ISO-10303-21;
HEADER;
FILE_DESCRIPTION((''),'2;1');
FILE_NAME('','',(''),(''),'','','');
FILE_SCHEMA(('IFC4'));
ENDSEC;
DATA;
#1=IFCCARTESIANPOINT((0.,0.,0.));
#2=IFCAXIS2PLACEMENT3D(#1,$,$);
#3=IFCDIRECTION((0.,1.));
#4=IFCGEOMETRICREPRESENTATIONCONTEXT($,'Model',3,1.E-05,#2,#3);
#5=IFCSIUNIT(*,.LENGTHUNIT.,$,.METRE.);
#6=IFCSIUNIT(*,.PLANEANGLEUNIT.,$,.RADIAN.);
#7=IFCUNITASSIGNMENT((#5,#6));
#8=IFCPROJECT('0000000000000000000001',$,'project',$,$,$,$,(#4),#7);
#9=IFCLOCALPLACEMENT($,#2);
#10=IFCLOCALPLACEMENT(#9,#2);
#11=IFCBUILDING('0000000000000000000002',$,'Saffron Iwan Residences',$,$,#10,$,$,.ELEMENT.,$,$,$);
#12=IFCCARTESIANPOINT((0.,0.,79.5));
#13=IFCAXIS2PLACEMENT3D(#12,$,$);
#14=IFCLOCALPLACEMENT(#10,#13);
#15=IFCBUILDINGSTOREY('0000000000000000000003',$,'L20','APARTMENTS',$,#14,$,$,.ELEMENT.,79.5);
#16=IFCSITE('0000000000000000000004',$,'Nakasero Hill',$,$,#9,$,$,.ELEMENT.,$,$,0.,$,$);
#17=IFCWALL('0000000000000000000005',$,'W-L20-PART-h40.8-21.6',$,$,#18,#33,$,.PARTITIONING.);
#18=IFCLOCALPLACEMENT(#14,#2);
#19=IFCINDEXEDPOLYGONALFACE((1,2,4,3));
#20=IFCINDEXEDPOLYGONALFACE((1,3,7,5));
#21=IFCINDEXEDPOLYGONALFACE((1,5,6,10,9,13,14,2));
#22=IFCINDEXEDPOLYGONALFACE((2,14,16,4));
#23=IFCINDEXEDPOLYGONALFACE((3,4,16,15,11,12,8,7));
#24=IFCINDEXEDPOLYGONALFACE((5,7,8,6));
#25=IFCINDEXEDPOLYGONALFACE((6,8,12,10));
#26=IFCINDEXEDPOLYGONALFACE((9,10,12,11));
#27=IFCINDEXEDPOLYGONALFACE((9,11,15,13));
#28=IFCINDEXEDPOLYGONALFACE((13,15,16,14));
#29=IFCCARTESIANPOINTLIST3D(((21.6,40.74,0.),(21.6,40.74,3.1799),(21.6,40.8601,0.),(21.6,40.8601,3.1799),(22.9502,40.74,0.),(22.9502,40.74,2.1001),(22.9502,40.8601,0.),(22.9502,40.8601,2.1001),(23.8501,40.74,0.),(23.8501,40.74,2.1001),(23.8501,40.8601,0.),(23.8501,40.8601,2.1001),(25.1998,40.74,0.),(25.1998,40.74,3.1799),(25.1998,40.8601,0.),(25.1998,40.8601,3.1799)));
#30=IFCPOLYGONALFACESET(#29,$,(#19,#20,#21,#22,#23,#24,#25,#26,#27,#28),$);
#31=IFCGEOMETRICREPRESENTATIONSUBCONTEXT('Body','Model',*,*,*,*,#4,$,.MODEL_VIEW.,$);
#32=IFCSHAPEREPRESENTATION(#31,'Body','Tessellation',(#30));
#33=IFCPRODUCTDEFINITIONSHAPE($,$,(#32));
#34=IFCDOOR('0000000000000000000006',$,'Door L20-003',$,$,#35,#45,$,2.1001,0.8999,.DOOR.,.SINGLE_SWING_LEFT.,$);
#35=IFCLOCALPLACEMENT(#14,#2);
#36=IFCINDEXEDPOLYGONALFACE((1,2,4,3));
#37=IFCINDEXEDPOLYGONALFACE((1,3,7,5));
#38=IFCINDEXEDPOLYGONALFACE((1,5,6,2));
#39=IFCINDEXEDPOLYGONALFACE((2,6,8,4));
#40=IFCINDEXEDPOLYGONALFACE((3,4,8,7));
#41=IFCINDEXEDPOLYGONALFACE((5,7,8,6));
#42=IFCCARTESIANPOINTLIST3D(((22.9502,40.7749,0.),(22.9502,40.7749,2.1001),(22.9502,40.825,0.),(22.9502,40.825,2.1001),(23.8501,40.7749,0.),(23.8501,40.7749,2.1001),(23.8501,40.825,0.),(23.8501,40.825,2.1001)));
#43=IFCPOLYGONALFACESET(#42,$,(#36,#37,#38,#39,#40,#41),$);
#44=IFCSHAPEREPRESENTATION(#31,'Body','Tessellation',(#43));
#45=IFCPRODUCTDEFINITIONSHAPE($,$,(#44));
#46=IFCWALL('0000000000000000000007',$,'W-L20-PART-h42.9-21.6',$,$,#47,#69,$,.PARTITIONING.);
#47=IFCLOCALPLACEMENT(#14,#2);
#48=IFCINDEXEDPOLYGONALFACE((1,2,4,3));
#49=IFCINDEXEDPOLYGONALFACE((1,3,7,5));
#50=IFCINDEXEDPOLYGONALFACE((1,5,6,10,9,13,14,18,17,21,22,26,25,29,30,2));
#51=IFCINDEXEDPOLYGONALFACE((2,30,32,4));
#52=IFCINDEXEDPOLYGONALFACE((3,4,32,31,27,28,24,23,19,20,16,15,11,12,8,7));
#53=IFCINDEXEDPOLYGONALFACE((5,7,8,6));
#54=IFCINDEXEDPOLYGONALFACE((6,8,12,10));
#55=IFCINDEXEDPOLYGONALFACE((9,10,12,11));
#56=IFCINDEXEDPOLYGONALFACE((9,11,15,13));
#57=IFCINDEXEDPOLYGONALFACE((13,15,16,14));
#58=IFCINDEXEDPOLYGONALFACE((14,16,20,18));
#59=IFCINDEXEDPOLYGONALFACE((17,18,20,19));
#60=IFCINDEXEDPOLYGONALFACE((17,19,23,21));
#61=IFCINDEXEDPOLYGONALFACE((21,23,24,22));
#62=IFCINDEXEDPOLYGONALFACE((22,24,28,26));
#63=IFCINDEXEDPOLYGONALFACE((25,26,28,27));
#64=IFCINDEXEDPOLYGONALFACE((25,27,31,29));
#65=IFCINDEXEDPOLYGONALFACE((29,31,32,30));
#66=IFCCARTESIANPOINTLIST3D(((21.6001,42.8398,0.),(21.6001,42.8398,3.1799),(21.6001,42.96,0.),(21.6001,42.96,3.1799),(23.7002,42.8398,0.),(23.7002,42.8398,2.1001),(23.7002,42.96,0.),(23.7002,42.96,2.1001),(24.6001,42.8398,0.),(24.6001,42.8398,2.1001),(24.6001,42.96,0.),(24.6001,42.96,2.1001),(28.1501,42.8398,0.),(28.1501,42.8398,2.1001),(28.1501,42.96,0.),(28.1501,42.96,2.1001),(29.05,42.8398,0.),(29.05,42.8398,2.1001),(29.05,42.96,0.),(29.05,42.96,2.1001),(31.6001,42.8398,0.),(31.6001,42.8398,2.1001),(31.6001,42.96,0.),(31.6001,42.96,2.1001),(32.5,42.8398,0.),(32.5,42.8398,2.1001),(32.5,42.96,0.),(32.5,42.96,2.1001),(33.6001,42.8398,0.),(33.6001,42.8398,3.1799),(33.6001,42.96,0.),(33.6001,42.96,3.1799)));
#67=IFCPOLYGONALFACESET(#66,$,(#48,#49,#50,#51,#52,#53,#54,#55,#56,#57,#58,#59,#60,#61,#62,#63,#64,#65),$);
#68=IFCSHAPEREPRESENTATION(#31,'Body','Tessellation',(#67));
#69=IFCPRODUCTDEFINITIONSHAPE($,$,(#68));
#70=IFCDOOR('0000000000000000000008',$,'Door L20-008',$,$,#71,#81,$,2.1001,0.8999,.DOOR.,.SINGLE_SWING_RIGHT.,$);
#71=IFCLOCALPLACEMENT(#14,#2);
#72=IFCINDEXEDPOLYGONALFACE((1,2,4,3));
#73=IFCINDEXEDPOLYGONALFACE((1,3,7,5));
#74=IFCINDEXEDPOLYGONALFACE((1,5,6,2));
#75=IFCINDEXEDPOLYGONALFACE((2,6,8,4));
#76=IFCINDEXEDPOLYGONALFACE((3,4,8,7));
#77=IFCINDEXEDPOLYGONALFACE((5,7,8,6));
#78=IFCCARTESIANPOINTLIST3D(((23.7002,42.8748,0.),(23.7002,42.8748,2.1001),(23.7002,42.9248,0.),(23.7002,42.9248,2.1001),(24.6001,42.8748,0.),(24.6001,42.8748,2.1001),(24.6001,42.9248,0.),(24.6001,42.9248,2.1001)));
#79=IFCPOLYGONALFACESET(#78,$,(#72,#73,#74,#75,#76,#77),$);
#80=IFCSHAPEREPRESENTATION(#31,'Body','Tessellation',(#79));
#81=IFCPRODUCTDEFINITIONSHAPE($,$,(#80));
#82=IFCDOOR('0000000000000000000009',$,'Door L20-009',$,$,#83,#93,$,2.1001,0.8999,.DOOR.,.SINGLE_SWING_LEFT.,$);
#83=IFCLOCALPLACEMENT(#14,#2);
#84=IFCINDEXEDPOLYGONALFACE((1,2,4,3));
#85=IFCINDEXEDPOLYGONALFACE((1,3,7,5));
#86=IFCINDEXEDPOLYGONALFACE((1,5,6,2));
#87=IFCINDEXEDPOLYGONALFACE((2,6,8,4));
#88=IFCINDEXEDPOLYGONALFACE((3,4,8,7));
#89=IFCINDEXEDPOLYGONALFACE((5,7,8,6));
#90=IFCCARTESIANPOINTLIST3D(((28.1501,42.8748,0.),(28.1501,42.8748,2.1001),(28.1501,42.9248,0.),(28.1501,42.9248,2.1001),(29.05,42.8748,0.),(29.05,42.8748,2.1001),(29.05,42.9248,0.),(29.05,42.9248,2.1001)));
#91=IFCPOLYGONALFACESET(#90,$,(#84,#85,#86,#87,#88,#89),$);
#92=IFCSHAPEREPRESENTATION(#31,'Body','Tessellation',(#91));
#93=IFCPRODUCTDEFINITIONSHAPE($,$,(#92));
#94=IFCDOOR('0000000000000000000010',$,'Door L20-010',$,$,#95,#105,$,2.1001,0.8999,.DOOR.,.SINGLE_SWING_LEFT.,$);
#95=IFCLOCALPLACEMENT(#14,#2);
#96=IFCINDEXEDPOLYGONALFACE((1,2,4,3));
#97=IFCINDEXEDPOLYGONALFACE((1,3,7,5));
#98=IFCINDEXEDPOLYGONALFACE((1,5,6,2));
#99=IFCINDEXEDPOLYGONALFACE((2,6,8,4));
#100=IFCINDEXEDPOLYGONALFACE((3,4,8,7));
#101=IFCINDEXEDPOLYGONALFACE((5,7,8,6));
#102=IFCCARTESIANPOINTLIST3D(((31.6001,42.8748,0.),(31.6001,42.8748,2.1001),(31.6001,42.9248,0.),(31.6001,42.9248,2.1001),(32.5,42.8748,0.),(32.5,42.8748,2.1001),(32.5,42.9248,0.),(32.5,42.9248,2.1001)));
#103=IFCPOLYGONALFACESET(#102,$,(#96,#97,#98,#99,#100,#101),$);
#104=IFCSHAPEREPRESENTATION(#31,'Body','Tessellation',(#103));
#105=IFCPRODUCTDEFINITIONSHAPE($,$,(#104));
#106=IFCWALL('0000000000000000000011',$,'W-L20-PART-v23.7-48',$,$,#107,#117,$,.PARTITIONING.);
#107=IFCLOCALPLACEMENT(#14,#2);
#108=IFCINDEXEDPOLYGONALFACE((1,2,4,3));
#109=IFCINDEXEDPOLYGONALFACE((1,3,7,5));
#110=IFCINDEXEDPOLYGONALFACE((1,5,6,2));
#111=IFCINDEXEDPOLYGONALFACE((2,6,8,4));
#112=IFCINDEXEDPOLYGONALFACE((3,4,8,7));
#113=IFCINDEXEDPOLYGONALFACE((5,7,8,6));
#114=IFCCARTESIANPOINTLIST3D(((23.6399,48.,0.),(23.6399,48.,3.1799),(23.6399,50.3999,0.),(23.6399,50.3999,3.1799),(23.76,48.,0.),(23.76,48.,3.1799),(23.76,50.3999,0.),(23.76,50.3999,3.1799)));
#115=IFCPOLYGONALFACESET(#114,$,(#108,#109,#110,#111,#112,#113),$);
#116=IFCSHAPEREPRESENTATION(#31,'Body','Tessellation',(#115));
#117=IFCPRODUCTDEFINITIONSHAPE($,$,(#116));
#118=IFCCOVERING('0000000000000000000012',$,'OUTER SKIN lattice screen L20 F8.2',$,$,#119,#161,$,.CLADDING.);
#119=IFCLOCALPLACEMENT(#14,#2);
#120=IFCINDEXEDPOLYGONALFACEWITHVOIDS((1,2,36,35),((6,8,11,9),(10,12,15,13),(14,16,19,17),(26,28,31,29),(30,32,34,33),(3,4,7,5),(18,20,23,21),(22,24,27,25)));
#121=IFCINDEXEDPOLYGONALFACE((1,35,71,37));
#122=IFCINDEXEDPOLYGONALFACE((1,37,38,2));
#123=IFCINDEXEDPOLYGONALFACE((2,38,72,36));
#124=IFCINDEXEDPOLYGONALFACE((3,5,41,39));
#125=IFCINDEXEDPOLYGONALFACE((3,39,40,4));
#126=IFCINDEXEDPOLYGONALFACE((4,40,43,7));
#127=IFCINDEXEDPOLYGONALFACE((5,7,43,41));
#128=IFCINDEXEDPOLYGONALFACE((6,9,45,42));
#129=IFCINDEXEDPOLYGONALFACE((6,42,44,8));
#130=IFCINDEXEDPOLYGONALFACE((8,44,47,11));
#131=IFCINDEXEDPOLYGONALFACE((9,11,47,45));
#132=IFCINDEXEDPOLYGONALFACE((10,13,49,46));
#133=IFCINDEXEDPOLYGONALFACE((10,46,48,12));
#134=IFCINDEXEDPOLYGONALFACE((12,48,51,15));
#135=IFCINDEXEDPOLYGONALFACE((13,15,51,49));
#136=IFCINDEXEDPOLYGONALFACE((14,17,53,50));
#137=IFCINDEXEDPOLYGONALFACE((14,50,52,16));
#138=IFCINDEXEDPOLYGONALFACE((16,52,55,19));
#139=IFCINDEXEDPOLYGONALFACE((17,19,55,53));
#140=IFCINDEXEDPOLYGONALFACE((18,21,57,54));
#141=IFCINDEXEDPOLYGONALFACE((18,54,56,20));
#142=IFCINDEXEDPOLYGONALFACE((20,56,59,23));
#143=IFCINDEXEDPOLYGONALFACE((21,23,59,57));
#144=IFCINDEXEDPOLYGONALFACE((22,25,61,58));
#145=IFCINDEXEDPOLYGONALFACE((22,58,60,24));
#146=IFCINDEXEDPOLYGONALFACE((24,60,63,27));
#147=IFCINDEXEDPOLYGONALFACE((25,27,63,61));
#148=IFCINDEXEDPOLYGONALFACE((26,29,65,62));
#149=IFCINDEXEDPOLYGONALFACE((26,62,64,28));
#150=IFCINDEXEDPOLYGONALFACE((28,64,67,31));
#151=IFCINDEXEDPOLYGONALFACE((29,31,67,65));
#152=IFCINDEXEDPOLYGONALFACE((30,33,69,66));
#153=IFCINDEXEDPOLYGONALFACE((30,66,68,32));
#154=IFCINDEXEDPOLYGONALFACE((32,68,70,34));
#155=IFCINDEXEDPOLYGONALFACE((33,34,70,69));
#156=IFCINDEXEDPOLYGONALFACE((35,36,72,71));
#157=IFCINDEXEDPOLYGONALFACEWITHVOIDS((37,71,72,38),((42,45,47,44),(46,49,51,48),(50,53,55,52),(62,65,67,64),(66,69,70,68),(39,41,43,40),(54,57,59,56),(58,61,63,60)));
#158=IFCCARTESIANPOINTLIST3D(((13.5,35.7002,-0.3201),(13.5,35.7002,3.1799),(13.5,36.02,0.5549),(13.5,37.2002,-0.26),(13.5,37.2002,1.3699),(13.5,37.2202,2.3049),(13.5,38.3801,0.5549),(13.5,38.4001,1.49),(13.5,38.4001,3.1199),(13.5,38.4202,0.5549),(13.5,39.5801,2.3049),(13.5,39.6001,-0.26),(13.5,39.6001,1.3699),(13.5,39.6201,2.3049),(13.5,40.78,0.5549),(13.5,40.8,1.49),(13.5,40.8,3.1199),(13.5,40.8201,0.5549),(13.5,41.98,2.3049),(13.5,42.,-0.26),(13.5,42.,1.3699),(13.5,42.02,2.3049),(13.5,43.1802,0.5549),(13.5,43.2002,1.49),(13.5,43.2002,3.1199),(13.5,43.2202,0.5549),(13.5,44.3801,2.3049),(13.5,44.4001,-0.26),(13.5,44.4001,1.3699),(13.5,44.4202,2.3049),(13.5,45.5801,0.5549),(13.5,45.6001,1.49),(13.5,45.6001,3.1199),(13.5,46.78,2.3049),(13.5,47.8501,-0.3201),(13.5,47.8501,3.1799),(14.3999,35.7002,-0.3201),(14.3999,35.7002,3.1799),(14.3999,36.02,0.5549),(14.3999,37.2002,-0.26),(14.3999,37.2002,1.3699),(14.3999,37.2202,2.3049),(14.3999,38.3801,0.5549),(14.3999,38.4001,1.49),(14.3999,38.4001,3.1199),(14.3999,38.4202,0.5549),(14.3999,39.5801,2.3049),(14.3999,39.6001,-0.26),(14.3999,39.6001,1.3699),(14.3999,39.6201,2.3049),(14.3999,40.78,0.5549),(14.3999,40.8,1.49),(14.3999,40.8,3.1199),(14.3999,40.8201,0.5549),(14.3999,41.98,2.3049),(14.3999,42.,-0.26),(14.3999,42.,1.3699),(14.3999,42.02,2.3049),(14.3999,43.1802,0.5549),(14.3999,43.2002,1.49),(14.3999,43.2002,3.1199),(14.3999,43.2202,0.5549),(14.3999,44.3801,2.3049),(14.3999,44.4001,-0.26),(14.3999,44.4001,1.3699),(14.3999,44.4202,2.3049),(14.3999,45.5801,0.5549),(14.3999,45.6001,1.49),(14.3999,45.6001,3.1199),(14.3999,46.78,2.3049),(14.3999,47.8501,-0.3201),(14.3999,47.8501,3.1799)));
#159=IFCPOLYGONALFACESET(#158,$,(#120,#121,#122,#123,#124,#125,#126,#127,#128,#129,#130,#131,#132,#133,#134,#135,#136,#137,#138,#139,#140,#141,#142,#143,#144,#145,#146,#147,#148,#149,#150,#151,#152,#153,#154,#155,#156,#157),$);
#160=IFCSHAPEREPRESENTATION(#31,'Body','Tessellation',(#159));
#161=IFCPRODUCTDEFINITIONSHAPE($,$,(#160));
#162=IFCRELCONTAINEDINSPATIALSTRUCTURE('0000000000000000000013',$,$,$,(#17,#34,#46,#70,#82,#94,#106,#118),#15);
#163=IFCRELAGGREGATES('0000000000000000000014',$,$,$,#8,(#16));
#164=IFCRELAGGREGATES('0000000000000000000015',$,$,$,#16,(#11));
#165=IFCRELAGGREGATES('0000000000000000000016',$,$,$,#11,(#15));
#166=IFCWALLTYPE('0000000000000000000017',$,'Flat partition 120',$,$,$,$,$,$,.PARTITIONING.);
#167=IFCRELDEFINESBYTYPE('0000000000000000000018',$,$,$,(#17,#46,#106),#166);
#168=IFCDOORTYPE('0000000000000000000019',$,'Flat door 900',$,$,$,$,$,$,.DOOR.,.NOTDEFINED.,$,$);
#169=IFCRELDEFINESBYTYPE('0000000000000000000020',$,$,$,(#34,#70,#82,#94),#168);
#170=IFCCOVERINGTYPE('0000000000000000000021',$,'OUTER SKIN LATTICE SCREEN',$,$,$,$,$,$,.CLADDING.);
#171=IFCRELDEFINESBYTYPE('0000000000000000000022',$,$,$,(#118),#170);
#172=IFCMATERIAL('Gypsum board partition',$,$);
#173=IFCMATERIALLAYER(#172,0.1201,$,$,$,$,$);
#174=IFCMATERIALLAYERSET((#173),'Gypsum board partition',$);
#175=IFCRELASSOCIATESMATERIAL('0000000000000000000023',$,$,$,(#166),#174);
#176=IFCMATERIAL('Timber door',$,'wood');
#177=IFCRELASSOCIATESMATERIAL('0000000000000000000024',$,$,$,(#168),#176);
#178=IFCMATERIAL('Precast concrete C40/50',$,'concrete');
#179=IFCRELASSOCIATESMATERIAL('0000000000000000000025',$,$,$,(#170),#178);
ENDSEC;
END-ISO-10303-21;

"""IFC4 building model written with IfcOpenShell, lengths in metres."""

from ifc_helpers import new_model, si_unit, direction, frame, frame_2d, origin, place, context, subcontext, project, spatial, polyline, rectangle, outline, extrude, material, layer, layer_set, type_object, element, fill, save


model = new_model("IFC4")

# Units and contexts
model_context = context("Model", 3, precision=1e-05, world=origin(), true_north=direction((0.0, 1.0)))
body_context = subcontext(model_context, "Body", "Model", "MODEL_VIEW")
ifc_project = project(units=[si_unit("LENGTHUNIT", "METRE"), si_unit("PLANEANGLEUNIT", "RADIAN")], contexts=[model_context])

# Site, building, storey
site_placement = place(None, origin())
site = spatial("IfcSite", under=ifc_project, at=site_placement, Name="Nakasero Hill", CompositionType="ELEMENT", RefElevation=0.0)
building_placement = place(site_placement, origin())
building = spatial("IfcBuilding", under=site, at=building_placement, Name="Saffron Iwan Residences", CompositionType="ELEMENT")
storey_placement = place(building_placement, frame((0.0, 0.0, 79.5)))
storey = spatial("IfcBuildingStorey", under=building, at=storey_placement, Name="L20", Description="APARTMENTS", CompositionType="ELEMENT", Elevation=79.5)

# Shared definitions
ifc_material_1 = material(Name="Gypsum board partition")
ifc_layer_1 = layer(ifc_material_1, 0.1201)
ifc_layer_set_1 = layer_set([ifc_layer_1], Name="Gypsum board partition")
wall_type_1 = type_object("IfcWallType", Name="Flat partition 120", PredefinedType="PARTITIONING", material=ifc_layer_set_1)

# Wall, opening, door
wall_1_placement = place(storey_placement, frame((21.6001, 40.8, 0.0), z_axis=(0.0, 0.0, 1.0), x_axis=(1.0, 0.0, 0.0)))
wall_1 = element("IfcWall", 1, at=wall_1_placement, inside=storey, type_object=wall_type_1, Name="W-L20-PART-h40.8-21.6", PredefinedType="PARTITIONING", context=body_context, shape_type="SweptSolid", body=[
    extrude(rectangle(XDim=3.5999, YDim=0.1201, at=frame_2d((1.7998, 0.0))), origin(), (0.0, 0.0, 1.0), 3.1799),
])
opening_1_placement = place(wall_1_placement, frame((1.3501, 0.0, 0.0)))
opening_1 = element("IfcOpeningElement", 2, at=opening_1_placement, cuts=wall_1, PredefinedType="OPENING", context=body_context, shape_type="SweptSolid", body=[
    extrude(rectangle(XDim=0.8999, YDim=2.1001, at=frame_2d((0.45, 1.05))), frame((0.0, 0.0701, 0.0), z_axis=(0.0, -1.0, 0.0), x_axis=(1.0, 0.0, 0.0)), (0.0, 0.0, 1.0), 0.1401),
])
ifc_material_2 = material(Name="Timber door", Category="wood")
door_type = type_object("IfcDoorType", Name="Flat door 900", OperationType="NOTDEFINED", PredefinedType="DOOR", material=ifc_material_2)
door_1_placement = place(opening_1_placement, origin())
door_1 = element("IfcDoor", 3, at=door_1_placement, inside=storey, type_object=door_type, Name="Door L20-003", OperationType="SINGLE_SWING_LEFT", OverallHeight=2.1001, OverallWidth=0.8999, PredefinedType="DOOR", context=body_context, shape_type="SweptSolid", body=[
    extrude(rectangle(XDim=0.8999, YDim=2.1001, at=frame_2d((0.45, 1.05))), frame((0.0, 0.0249, 0.0), z_axis=(0.0, -1.0, 0.0), x_axis=(1.0, 0.0, 0.0)), (0.0, 0.0, 1.0), 0.05),
])
fill(opening_1, door_1)

# Wall, openings, doors
wall_2_placement = place(storey_placement, frame((21.6001, 42.8999, 0.0), z_axis=(0.0, 0.0, 1.0), x_axis=(1.0, 0.0, 0.0)))
wall_2 = element("IfcWall", 4, at=wall_2_placement, inside=storey, type_object=wall_type_1, Name="W-L20-PART-h42.9-21.6", PredefinedType="PARTITIONING", context=body_context, shape_type="SweptSolid", body=[
    extrude(rectangle(XDim=12.0, YDim=0.1201, at=frame_2d((6.0, 0.0))), origin(), (0.0, 0.0, 1.0), 3.1799),
])
opening_2_placement = place(wall_2_placement, frame((2.1001, 0.0, 0.0)))
opening_2 = element("IfcOpeningElement", 5, at=opening_2_placement, cuts=wall_2, PredefinedType="OPENING", context=body_context, shape_type="SweptSolid", body=[
    extrude(rectangle(XDim=0.8999, YDim=2.1001, at=frame_2d((0.45, 1.05))), frame((0.0, 0.0701, 0.0), z_axis=(0.0, -1.0, 0.0), x_axis=(1.0, 0.0, 0.0)), (0.0, 0.0, 1.0), 0.1401),
])
opening_3_placement = place(wall_2_placement, frame((6.55, 0.0, 0.0)))
opening_3 = element("IfcOpeningElement", 6, at=opening_3_placement, cuts=wall_2, PredefinedType="OPENING", context=body_context, shape_type="SweptSolid", body=[
    extrude(rectangle(XDim=0.8999, YDim=2.1001, at=frame_2d((0.45, 1.05))), frame((0.0, 0.0701, 0.0), z_axis=(0.0, -1.0, 0.0), x_axis=(1.0, 0.0, 0.0)), (0.0, 0.0, 1.0), 0.1401),
])
opening_4_placement = place(wall_2_placement, frame((10.0, 0.0, 0.0)))
opening_4 = element("IfcOpeningElement", 7, at=opening_4_placement, cuts=wall_2, PredefinedType="OPENING", context=body_context, shape_type="SweptSolid", body=[
    extrude(rectangle(XDim=0.8999, YDim=2.1001, at=frame_2d((0.45, 1.05))), frame((0.0, 0.0701, 0.0), z_axis=(0.0, -1.0, 0.0), x_axis=(1.0, 0.0, 0.0)), (0.0, 0.0, 1.0), 0.1401),
])
door_2_placement = place(opening_2_placement, origin())
door_2 = element("IfcDoor", 8, at=door_2_placement, inside=storey, type_object=door_type, Name="Door L20-008", OperationType="SINGLE_SWING_RIGHT", OverallHeight=2.1001, OverallWidth=0.8999, PredefinedType="DOOR", context=body_context, shape_type="SweptSolid", body=[
    extrude(rectangle(XDim=0.8999, YDim=2.1001, at=frame_2d((0.45, 1.05))), frame((0.0, 0.0249, 0.0), z_axis=(0.0, -1.0, 0.0), x_axis=(1.0, 0.0, 0.0)), (0.0, 0.0, 1.0), 0.05),
])
fill(opening_2, door_2)
door_3_placement = place(opening_3_placement, origin())
door_3 = element("IfcDoor", 9, at=door_3_placement, inside=storey, type_object=door_type, Name="Door L20-009", OperationType="SINGLE_SWING_LEFT", OverallHeight=2.1001, OverallWidth=0.8999, PredefinedType="DOOR", context=body_context, shape_type="SweptSolid", body=[
    extrude(rectangle(XDim=0.8999, YDim=2.1001, at=frame_2d((0.45, 1.05))), frame((0.0, 0.0249, 0.0), z_axis=(0.0, -1.0, 0.0), x_axis=(1.0, 0.0, 0.0)), (0.0, 0.0, 1.0), 0.05),
])
fill(opening_3, door_3)
door_4_placement = place(opening_4_placement, origin())
door_4 = element("IfcDoor", 10, at=door_4_placement, inside=storey, type_object=door_type, Name="Door L20-010", OperationType="SINGLE_SWING_LEFT", OverallHeight=2.1001, OverallWidth=0.8999, PredefinedType="DOOR", context=body_context, shape_type="SweptSolid", body=[
    extrude(rectangle(XDim=0.8999, YDim=2.1001, at=frame_2d((0.45, 1.05))), frame((0.0, 0.0249, 0.0), z_axis=(0.0, -1.0, 0.0), x_axis=(1.0, 0.0, 0.0)), (0.0, 0.0, 1.0), 0.05),
])
fill(opening_4, door_4)

# Wall
wall_3_placement = place(storey_placement, frame((23.7, 48.0, 0.0), z_axis=(0.0, 0.0, 1.0), x_axis=(0.0, 1.0, 0.0)))
element("IfcWall", 11, at=wall_3_placement, inside=storey, type_object=wall_type_1, Name="W-L20-PART-v23.7-48", PredefinedType="PARTITIONING", context=body_context, shape_type="SweptSolid", body=[
    extrude(rectangle(XDim=2.3999, YDim=0.1201, at=frame_2d((1.2, 0.0))), origin(), (0.0, 0.0, 1.0), 3.1799),
])

# Covering
ifc_material_3 = material(Name="Precast concrete C40/50", Category="concrete")
covering_type = type_object("IfcCoveringType", Name="OUTER SKIN LATTICE SCREEN", PredefinedType="CLADDING", material=ifc_material_3)
covering_placement = place(storey_placement, frame((14.3999, 47.8501, -0.3201), z_axis=(-1.0, 0.0, 0.0), x_axis=(0.0, -1.0, 0.0)))
element("IfcCovering", 12, at=covering_placement, inside=storey, type_object=covering_type, Name="OUTER SKIN lattice screen L20 F8.2", PredefinedType="CLADDING", context=body_context, shape_type="SweptSolid", body=[
    extrude(outline(polyline([(0.0, 0.0), (12.1499, 0.0), (12.1499, 3.5), (0.0, 3.5), (0.0, 0.0)]), holes=[polyline([(2.27, 0.875), (3.45, 0.0601), (4.6299, 0.875), (3.45, 1.6899), (2.27, 0.875)]), polyline([(4.6699, 0.875), (5.8501, 0.0601), (7.03, 0.875), (5.8501, 1.6899), (4.6699, 0.875)]), polyline([(7.0701, 0.875), (8.25, 0.0601), (9.4299, 0.875), (8.25, 1.6899), (7.0701, 0.875)]), polyline([(9.47, 0.875), (10.6499, 0.0601), (11.8301, 0.875), (10.6499, 1.6899), (9.47, 0.875)]), polyline([(1.0701, 2.625), (2.25, 1.8101), (3.4299, 2.625), (2.25, 3.4399), (1.0701, 2.625)]), polyline([(3.47, 2.625), (4.6499, 1.8101), (5.8301, 2.625), (4.6499, 3.4399), (3.47, 2.625)]), polyline([(5.8701, 2.625), (7.05, 1.8101), (8.23, 2.625), (7.05, 3.4399), (5.8701, 2.625)]), polyline([(8.27, 2.625), (9.45, 1.8101), (10.6299, 2.625), (9.45, 3.4399), (8.27, 2.625)])]), origin(), (0.0, 0.0, 1.0), 0.8999),
])

save(model, "model.ifc")
